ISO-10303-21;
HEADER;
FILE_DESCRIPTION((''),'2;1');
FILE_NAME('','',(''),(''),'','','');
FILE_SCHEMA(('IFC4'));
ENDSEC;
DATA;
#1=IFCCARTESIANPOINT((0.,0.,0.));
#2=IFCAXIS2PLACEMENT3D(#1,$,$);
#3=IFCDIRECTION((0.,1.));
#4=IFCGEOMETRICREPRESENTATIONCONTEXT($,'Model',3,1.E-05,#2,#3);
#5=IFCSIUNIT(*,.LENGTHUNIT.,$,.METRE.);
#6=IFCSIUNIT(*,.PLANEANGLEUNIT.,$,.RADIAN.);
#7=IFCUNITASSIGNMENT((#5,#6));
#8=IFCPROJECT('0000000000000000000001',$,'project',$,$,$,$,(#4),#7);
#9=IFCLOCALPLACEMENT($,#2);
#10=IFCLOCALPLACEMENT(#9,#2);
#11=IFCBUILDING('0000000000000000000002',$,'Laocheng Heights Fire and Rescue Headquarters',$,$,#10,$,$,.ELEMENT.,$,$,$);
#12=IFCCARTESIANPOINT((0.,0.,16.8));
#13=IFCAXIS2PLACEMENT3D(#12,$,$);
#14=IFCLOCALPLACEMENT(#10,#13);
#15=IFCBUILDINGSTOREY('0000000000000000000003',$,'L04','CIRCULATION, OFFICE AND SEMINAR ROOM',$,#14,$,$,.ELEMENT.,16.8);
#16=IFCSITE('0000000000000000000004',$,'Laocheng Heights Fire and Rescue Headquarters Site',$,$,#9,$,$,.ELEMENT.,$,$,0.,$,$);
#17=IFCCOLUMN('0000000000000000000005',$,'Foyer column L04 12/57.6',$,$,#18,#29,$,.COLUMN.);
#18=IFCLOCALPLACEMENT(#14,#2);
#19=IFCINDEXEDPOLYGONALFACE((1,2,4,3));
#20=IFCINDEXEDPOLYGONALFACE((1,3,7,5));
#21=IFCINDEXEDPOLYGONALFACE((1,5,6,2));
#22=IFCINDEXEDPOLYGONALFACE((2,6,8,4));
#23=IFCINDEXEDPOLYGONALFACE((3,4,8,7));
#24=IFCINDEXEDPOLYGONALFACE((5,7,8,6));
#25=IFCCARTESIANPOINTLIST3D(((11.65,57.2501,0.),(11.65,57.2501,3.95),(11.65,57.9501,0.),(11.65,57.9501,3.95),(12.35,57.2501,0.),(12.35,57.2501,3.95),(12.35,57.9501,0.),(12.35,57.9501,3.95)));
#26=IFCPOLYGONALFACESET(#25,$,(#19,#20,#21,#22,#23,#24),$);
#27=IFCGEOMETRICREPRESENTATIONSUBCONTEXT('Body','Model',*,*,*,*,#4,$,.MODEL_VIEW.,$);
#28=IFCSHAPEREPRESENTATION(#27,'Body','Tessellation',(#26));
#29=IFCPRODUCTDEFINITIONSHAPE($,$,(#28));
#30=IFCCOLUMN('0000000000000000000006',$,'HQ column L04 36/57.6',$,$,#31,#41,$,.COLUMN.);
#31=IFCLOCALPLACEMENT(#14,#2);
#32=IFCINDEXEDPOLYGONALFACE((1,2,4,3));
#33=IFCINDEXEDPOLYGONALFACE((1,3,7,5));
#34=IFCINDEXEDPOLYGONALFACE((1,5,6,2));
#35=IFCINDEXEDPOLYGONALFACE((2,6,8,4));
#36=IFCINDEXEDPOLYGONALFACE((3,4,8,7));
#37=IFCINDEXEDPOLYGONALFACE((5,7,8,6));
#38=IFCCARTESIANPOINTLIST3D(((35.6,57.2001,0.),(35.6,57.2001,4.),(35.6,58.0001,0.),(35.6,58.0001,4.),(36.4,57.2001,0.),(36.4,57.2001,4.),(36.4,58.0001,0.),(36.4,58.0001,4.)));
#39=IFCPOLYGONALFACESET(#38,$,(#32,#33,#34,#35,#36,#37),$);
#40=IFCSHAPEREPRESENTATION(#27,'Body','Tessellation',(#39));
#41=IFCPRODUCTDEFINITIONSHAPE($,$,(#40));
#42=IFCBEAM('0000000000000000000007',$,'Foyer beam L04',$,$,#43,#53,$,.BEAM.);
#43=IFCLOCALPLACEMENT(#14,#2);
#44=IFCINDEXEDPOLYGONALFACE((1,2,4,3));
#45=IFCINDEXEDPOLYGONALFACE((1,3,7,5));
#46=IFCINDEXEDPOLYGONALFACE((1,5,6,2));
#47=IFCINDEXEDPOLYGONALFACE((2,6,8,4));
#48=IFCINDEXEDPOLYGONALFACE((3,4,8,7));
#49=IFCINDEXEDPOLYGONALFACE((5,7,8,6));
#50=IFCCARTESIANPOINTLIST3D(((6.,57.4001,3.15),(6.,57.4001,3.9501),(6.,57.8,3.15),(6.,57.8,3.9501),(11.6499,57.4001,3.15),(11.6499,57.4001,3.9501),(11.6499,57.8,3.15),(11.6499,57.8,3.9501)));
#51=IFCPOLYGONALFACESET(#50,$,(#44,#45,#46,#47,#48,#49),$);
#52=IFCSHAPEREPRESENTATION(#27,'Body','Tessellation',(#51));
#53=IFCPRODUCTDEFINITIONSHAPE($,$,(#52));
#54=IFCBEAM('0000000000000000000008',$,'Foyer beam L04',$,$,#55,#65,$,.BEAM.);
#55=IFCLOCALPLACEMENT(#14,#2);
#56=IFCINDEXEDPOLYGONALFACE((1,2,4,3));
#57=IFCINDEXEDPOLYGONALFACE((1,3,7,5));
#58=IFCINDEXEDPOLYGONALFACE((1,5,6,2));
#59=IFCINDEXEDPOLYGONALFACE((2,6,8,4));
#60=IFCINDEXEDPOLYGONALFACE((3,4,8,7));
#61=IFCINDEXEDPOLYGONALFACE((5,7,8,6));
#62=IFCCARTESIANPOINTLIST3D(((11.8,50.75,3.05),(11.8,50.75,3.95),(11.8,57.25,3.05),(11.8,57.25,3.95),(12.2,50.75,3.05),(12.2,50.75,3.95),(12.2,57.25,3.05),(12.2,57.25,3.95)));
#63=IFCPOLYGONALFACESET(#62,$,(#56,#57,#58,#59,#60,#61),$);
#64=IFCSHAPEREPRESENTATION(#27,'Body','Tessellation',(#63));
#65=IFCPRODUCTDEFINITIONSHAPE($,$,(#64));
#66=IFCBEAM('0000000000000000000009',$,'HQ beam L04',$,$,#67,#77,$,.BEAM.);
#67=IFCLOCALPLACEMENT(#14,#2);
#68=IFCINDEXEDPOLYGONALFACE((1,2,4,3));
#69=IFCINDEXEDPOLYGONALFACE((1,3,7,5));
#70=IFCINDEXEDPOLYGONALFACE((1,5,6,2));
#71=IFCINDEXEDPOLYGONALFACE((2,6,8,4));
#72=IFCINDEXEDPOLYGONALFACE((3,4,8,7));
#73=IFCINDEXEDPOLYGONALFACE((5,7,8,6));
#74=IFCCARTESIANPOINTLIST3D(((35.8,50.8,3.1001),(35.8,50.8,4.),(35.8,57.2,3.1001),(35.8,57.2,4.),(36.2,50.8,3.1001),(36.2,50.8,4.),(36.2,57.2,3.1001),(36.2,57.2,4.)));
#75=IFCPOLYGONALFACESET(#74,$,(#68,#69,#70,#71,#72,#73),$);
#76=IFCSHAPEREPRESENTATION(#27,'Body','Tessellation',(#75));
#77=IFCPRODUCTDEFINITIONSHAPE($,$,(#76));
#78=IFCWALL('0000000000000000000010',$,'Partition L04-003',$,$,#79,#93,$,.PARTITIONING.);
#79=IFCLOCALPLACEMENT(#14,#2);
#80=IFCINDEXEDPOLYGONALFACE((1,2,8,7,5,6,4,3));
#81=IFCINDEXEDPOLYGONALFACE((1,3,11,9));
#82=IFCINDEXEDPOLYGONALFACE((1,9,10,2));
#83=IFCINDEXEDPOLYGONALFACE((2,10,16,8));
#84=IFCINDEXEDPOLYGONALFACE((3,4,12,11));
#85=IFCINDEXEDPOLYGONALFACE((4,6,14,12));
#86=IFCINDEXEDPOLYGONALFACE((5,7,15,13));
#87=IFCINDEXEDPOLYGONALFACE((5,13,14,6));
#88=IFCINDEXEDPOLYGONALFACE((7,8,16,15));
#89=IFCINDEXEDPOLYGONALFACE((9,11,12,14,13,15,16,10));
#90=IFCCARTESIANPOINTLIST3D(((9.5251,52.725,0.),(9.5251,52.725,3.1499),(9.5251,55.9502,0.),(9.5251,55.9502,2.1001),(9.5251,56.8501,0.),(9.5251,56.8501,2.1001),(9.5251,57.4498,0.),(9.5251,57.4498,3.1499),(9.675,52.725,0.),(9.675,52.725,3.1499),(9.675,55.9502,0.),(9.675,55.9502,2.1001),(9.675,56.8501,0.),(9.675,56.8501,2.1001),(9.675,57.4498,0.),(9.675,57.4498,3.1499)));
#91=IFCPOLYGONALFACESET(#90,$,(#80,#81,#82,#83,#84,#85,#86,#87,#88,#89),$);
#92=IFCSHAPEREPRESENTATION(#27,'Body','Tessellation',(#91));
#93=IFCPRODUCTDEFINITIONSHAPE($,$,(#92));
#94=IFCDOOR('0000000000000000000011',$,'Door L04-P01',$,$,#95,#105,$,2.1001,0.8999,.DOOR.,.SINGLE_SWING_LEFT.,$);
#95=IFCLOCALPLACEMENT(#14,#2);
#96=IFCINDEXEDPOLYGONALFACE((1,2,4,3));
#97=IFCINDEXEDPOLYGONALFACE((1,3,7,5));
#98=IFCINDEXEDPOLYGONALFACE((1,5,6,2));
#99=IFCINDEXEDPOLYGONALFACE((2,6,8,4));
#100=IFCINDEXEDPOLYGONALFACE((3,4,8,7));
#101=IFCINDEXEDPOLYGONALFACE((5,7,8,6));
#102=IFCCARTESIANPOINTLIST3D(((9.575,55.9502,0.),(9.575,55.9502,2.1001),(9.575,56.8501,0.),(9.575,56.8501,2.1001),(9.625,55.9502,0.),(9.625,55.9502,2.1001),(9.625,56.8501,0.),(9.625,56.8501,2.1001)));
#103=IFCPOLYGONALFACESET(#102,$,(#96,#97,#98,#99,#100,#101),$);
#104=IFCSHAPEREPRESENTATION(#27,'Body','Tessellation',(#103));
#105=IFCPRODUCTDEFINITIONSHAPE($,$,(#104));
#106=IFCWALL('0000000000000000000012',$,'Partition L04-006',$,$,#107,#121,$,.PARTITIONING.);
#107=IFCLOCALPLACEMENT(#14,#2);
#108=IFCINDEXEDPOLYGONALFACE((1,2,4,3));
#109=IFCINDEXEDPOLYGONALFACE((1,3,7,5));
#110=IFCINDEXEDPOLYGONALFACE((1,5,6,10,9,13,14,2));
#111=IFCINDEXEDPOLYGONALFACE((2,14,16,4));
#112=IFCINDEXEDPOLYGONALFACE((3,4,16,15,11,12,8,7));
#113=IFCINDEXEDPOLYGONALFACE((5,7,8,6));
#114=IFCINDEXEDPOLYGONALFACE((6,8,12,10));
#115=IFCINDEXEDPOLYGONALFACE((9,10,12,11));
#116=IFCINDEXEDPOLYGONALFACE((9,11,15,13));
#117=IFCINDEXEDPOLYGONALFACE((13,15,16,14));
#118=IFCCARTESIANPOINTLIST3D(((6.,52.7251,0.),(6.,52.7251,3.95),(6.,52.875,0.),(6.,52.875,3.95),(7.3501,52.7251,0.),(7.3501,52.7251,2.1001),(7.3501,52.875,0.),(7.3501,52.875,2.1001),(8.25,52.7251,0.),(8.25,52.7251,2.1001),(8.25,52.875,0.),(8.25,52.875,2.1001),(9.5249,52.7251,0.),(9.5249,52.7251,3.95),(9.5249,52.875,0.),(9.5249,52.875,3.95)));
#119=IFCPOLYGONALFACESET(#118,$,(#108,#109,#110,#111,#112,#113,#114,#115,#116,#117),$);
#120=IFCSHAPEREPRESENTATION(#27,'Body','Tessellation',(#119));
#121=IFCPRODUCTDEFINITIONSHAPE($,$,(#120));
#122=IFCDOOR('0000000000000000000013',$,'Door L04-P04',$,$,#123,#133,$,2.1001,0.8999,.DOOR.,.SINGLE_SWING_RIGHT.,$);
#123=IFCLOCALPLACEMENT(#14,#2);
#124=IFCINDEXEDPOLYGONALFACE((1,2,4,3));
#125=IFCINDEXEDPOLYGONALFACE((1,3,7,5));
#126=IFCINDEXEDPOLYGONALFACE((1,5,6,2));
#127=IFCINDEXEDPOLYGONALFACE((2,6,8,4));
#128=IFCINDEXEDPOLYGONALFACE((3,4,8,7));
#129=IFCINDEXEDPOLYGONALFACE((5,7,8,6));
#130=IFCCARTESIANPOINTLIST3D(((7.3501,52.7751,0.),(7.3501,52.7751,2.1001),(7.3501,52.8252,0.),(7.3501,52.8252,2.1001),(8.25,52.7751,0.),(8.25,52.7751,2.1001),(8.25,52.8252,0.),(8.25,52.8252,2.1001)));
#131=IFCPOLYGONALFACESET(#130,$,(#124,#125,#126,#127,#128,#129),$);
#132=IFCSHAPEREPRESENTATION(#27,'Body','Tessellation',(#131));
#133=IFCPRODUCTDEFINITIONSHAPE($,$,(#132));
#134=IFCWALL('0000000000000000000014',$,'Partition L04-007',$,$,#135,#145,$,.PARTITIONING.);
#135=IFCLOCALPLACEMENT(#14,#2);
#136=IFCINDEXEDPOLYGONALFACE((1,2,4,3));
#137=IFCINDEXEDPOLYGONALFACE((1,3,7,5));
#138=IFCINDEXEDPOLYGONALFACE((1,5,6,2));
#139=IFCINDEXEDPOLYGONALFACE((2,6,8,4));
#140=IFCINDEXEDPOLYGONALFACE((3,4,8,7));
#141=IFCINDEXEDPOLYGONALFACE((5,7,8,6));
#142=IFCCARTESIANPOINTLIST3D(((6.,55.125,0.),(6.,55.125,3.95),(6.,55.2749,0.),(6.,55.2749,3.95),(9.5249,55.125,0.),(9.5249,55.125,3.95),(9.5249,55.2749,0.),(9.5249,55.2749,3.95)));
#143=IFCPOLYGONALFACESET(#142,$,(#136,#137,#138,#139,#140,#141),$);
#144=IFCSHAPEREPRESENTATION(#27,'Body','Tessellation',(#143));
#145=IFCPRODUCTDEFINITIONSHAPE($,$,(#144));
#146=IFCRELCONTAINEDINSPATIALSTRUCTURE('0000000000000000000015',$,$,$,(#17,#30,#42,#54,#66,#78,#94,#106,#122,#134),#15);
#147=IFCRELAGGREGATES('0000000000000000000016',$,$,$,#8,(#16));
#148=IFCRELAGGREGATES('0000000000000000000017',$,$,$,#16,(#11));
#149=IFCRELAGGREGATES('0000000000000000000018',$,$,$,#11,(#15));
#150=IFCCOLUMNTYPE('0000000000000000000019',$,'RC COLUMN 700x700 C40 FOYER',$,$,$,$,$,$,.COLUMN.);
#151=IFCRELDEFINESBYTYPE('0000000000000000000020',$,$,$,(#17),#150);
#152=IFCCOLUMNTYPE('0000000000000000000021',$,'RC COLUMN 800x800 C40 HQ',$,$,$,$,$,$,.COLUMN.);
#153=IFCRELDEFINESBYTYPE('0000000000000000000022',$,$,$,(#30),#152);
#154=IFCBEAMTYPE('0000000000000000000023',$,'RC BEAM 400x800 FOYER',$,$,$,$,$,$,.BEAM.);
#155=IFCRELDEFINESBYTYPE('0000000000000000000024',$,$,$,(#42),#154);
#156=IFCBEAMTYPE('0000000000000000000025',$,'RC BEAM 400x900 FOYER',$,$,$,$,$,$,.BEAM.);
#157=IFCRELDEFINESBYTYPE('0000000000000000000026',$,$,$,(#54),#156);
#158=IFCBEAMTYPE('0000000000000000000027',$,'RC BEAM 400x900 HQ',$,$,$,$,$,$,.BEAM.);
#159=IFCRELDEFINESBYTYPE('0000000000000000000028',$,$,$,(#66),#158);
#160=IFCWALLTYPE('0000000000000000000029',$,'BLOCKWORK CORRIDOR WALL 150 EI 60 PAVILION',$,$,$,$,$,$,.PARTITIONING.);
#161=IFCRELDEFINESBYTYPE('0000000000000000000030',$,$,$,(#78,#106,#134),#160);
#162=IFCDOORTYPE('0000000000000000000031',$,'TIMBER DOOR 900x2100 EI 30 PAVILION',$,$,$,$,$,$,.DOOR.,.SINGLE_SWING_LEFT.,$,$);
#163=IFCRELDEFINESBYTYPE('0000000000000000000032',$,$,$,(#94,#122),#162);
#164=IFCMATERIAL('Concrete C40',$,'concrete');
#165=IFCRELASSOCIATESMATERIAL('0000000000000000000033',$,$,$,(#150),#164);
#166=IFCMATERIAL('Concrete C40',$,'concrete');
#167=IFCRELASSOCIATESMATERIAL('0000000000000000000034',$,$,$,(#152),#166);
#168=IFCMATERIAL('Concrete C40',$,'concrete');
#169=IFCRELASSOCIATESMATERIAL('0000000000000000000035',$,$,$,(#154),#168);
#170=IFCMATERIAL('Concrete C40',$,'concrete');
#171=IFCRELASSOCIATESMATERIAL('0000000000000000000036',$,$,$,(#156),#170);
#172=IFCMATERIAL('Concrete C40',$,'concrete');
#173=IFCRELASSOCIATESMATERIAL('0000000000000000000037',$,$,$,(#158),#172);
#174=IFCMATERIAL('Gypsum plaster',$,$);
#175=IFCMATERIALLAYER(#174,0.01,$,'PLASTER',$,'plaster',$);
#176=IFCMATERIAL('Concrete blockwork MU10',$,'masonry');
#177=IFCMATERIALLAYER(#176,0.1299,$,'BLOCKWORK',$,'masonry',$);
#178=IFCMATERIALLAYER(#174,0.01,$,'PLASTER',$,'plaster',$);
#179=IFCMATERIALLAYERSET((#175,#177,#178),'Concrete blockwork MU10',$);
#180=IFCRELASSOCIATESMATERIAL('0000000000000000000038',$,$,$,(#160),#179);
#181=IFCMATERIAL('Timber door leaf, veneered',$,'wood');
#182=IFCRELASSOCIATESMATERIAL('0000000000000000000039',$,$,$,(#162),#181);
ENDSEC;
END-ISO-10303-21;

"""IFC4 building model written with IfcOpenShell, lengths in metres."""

from ifc_helpers import new_model, si_unit, direction, frame, frame_2d, origin, origin_2d, place, context, subcontext, project, spatial, rectangle, extrude, material, layer, layer_set, material_profile, profile_set, type_object, element, fill, save


model = new_model("IFC4")

# Units and contexts
model_context = context("Model", 3, precision=1e-05, world=origin(), true_north=direction((0.0, 1.0)))
body_context = subcontext(model_context, "Body", "Model", "MODEL_VIEW")
ifc_project = project(units=[si_unit("LENGTHUNIT", "METRE"), si_unit("PLANEANGLEUNIT", "RADIAN")], contexts=[model_context])

# Site, building, storey
site_placement = place(None, origin())
site = spatial("IfcSite", under=ifc_project, at=site_placement, Name="Laocheng Heights Fire and Rescue Headquarters Site", CompositionType="ELEMENT", RefElevation=0.0)
building_placement = place(site_placement, origin())
building = spatial("IfcBuilding", under=site, at=building_placement, Name="Laocheng Heights Fire and Rescue Headquarters", CompositionType="ELEMENT")
storey_placement = place(building_placement, frame((0.0, 0.0, 16.8)))
storey = spatial("IfcBuildingStorey", under=building, at=storey_placement, Name="L04", Description="CIRCULATION, OFFICE AND SEMINAR ROOM", CompositionType="ELEMENT", Elevation=16.8)

# Columns
ifc_material_1 = material(Name="Concrete C40", Category="concrete")
ifc_material_profile_1 = material_profile(ifc_material_1, rectangle(XDim=0.7, YDim=0.7, at=origin_2d()), Name="RC COLUMN 700x700 C40 FOYER")
ifc_profile_set_1 = profile_set([ifc_material_profile_1], Name="Concrete C40")
column_type_1 = type_object("IfcColumnType", Name="RC COLUMN 700x700 C40 FOYER", PredefinedType="COLUMN", material=ifc_profile_set_1)
column_1_placement = place(storey_placement, frame((12.0, 57.6001, 0.0), z_axis=(0.0, 0.0, 1.0), x_axis=(1.0, 0.0, 0.0)))
element("IfcColumn", 1, at=column_1_placement, inside=storey, type_object=column_type_1, Name="Foyer column L04 12/57.6", PredefinedType="COLUMN", context=body_context, shape_type="SweptSolid", body=[
    extrude(rectangle(XDim=0.7, YDim=0.7, at=origin_2d()), origin(), (0.0, 0.0, 1.0), 3.95),
])
ifc_material_2 = material(Name="Concrete C40", Category="concrete")
ifc_material_profile_2 = material_profile(ifc_material_2, rectangle(XDim=0.8, YDim=0.8, at=origin_2d()), Name="RC COLUMN 800x800 C40 HQ")
ifc_profile_set_2 = profile_set([ifc_material_profile_2], Name="Concrete C40")
column_type_2 = type_object("IfcColumnType", Name="RC COLUMN 800x800 C40 HQ", PredefinedType="COLUMN", material=ifc_profile_set_2)
column_2_placement = place(storey_placement, frame((36.0, 57.6001, 0.0), z_axis=(0.0, 0.0, 1.0), x_axis=(1.0, 0.0, 0.0)))
element("IfcColumn", 2, at=column_2_placement, inside=storey, type_object=column_type_2, Name="HQ column L04 36/57.6", PredefinedType="COLUMN", context=body_context, shape_type="SweptSolid", body=[
    extrude(rectangle(XDim=0.8, YDim=0.8, at=origin_2d()), origin(), (0.0, 0.0, 1.0), 4.0),
])

# Beams
ifc_material_3 = material(Name="Concrete C40", Category="concrete")
ifc_material_profile_3 = material_profile(ifc_material_3, rectangle(XDim=0.3999, YDim=0.8, at=origin_2d()), Name="RC BEAM 400x800 FOYER")
ifc_profile_set_3 = profile_set([ifc_material_profile_3], Name="Concrete C40")
beam_type_1 = type_object("IfcBeamType", Name="RC BEAM 400x800 FOYER", PredefinedType="BEAM", material=ifc_profile_set_3)
beam_1_placement = place(storey_placement, frame((6.0, 57.6001, 3.55), z_axis=(1.0, 0.0, 0.0), x_axis=(0.0, 1.0, 0.0)))
element("IfcBeam", 3, at=beam_1_placement, inside=storey, type_object=beam_type_1, Name="Foyer beam L04", PredefinedType="BEAM", context=body_context, shape_type="SweptSolid", body=[
    extrude(rectangle(XDim=0.3999, YDim=0.8, at=origin_2d()), origin(), (0.0, 0.0, 1.0), 5.6499),
])
ifc_material_4 = material(Name="Concrete C40", Category="concrete")
ifc_material_profile_4 = material_profile(ifc_material_4, rectangle(XDim=0.3999, YDim=0.8999, at=origin_2d()), Name="RC BEAM 400x900 FOYER")
ifc_profile_set_4 = profile_set([ifc_material_profile_4], Name="Concrete C40")
beam_type_2 = type_object("IfcBeamType", Name="RC BEAM 400x900 FOYER", PredefinedType="BEAM", material=ifc_profile_set_4)
beam_2_placement = place(storey_placement, frame((12.0, 50.75, 3.5), z_axis=(0.0, 1.0, 0.0), x_axis=(-1.0, 0.0, 0.0)))
element("IfcBeam", 4, at=beam_2_placement, inside=storey, type_object=beam_type_2, Name="Foyer beam L04", PredefinedType="BEAM", context=body_context, shape_type="SweptSolid", body=[
    extrude(rectangle(XDim=0.3999, YDim=0.8999, at=origin_2d()), origin(), (0.0, 0.0, 1.0), 6.5),
])
ifc_material_5 = material(Name="Concrete C40", Category="concrete")
ifc_material_profile_5 = material_profile(ifc_material_5, rectangle(XDim=0.3999, YDim=0.8999, at=origin_2d()), Name="RC BEAM 400x900 HQ")
ifc_profile_set_5 = profile_set([ifc_material_profile_5], Name="Concrete C40")
beam_type_3 = type_object("IfcBeamType", Name="RC BEAM 400x900 HQ", PredefinedType="BEAM", material=ifc_profile_set_5)
beam_3_placement = place(storey_placement, frame((36.0, 50.8, 3.55), z_axis=(0.0, 1.0, 0.0), x_axis=(-1.0, 0.0, 0.0)))
element("IfcBeam", 5, at=beam_3_placement, inside=storey, type_object=beam_type_3, Name="HQ beam L04", PredefinedType="BEAM", context=body_context, shape_type="SweptSolid", body=[
    extrude(rectangle(XDim=0.3999, YDim=0.8999, at=origin_2d()), origin(), (0.0, 0.0, 1.0), 6.3999),
])

# Walls, openings, doors
ifc_material_6 = material(Name="Gypsum plaster")
ifc_layer_1 = layer(ifc_material_6, 0.01, Name="PLASTER", Category="plaster")
ifc_material_7 = material(Name="Concrete blockwork MU10", Category="masonry")
ifc_layer_2 = layer(ifc_material_7, 0.1299, Name="BLOCKWORK", Category="masonry")
ifc_layer_3 = layer(ifc_material_6, 0.01, Name="PLASTER", Category="plaster")
ifc_layer_set_1 = layer_set([ifc_layer_1, ifc_layer_2, ifc_layer_3], Name="Concrete blockwork MU10")
wall_type_1 = type_object("IfcWallType", Name="BLOCKWORK CORRIDOR WALL 150 EI 60 PAVILION", PredefinedType="PARTITIONING", material=ifc_layer_set_1)
wall_1_placement = place(storey_placement, frame((9.6001, 52.7251, 0.0), z_axis=(0.0, 0.0, 1.0), x_axis=(0.0, 1.0, 0.0)))
wall_1 = element("IfcWall", 6, at=wall_1_placement, inside=storey, type_object=wall_type_1, Name="Partition L04-003", PredefinedType="PARTITIONING", context=body_context, shape_type="SweptSolid", body=[
    extrude(rectangle(XDim=4.7249, YDim=0.1499, at=frame_2d((2.3623, 0.0))), origin(), (0.0, 0.0, 1.0), 3.1499),
])
opening_1_placement = place(wall_1_placement, frame((3.2251, 0.0, 0.0)))
opening_1 = element("IfcOpeningElement", 7, at=opening_1_placement, cuts=wall_1, PredefinedType="OPENING", context=body_context, shape_type="SweptSolid", body=[
    extrude(rectangle(XDim=0.8999, YDim=2.1001, at=frame_2d((0.45, 1.05))), frame((0.0, 0.085, 0.0), z_axis=(0.0, -1.0, 0.0), x_axis=(1.0, 0.0, 0.0)), (0.0, 0.0, 1.0), 0.1699),
])
ifc_material_8 = material(Name="Timber door leaf, veneered", Category="wood")
door_type = type_object("IfcDoorType", Name="TIMBER DOOR 900x2100 EI 30 PAVILION", OperationType="SINGLE_SWING_LEFT", PredefinedType="DOOR", material=ifc_material_8)
door_1_placement = place(opening_1_placement, frame((0.8999, 0.0, 0.0), z_axis=(0.0, 0.0, 1.0), x_axis=(-1.0, 0.0, 0.0)))
door_1 = element("IfcDoor", 8, at=door_1_placement, inside=storey, type_object=door_type, Name="Door L04-P01", OperationType="SINGLE_SWING_LEFT", OverallHeight=2.1001, OverallWidth=0.8999, PredefinedType="DOOR", context=body_context, shape_type="SweptSolid", body=[
    extrude(rectangle(XDim=0.8999, YDim=2.1001, at=frame_2d((0.45, 1.05))), frame((0.0, 0.0249, 0.0), z_axis=(0.0, -1.0, 0.0), x_axis=(1.0, 0.0, 0.0)), (0.0, 0.0, 1.0), 0.05),
])
fill(opening_1, door_1)
wall_2_placement = place(storey_placement, frame((6.0, 52.8, 0.0), z_axis=(0.0, 0.0, 1.0), x_axis=(1.0, 0.0, 0.0)))
wall_2 = element("IfcWall", 9, at=wall_2_placement, inside=storey, type_object=wall_type_1, Name="Partition L04-006", PredefinedType="PARTITIONING", context=body_context, shape_type="SweptSolid", body=[
    extrude(rectangle(XDim=3.5249, YDim=0.1499, at=frame_2d((1.7625, 0.0))), origin(), (0.0, 0.0, 1.0), 3.95),
])
opening_2_placement = place(wall_2_placement, frame((1.3501, 0.0, 0.0)))
opening_2 = element("IfcOpeningElement", 10, at=opening_2_placement, cuts=wall_2, PredefinedType="OPENING", context=body_context, shape_type="SweptSolid", body=[
    extrude(rectangle(XDim=0.8999, YDim=2.1001, at=frame_2d((0.45, 1.05))), frame((0.0, 0.085, 0.0), z_axis=(0.0, -1.0, 0.0), x_axis=(1.0, 0.0, 0.0)), (0.0, 0.0, 1.0), 0.1699),
])
door_2_placement = place(opening_2_placement, frame((0.8999, 0.0, 0.0), z_axis=(0.0, 0.0, 1.0), x_axis=(-1.0, 0.0, 0.0)))
door_2 = element("IfcDoor", 11, at=door_2_placement, inside=storey, type_object=door_type, Name="Door L04-P04", OperationType="SINGLE_SWING_RIGHT", OverallHeight=2.1001, OverallWidth=0.8999, PredefinedType="DOOR", context=body_context, shape_type="SweptSolid", body=[
    extrude(rectangle(XDim=0.8999, YDim=2.1001, at=frame_2d((0.45, 1.05))), frame((0.0, 0.0249, 0.0), z_axis=(0.0, -1.0, 0.0), x_axis=(1.0, 0.0, 0.0)), (0.0, 0.0, 1.0), 0.05),
])
fill(opening_2, door_2)

# Wall
wall_3_placement = place(storey_placement, frame((6.0, 55.2, 0.0), z_axis=(0.0, 0.0, 1.0), x_axis=(1.0, 0.0, 0.0)))
element("IfcWall", 12, at=wall_3_placement, inside=storey, type_object=wall_type_1, Name="Partition L04-007", PredefinedType="PARTITIONING", context=body_context, shape_type="SweptSolid", body=[
    extrude(rectangle(XDim=3.5249, YDim=0.1499, at=frame_2d((1.7625, 0.0))), origin(), (0.0, 0.0, 1.0), 3.95),
])

save(model, "model.ifc")
